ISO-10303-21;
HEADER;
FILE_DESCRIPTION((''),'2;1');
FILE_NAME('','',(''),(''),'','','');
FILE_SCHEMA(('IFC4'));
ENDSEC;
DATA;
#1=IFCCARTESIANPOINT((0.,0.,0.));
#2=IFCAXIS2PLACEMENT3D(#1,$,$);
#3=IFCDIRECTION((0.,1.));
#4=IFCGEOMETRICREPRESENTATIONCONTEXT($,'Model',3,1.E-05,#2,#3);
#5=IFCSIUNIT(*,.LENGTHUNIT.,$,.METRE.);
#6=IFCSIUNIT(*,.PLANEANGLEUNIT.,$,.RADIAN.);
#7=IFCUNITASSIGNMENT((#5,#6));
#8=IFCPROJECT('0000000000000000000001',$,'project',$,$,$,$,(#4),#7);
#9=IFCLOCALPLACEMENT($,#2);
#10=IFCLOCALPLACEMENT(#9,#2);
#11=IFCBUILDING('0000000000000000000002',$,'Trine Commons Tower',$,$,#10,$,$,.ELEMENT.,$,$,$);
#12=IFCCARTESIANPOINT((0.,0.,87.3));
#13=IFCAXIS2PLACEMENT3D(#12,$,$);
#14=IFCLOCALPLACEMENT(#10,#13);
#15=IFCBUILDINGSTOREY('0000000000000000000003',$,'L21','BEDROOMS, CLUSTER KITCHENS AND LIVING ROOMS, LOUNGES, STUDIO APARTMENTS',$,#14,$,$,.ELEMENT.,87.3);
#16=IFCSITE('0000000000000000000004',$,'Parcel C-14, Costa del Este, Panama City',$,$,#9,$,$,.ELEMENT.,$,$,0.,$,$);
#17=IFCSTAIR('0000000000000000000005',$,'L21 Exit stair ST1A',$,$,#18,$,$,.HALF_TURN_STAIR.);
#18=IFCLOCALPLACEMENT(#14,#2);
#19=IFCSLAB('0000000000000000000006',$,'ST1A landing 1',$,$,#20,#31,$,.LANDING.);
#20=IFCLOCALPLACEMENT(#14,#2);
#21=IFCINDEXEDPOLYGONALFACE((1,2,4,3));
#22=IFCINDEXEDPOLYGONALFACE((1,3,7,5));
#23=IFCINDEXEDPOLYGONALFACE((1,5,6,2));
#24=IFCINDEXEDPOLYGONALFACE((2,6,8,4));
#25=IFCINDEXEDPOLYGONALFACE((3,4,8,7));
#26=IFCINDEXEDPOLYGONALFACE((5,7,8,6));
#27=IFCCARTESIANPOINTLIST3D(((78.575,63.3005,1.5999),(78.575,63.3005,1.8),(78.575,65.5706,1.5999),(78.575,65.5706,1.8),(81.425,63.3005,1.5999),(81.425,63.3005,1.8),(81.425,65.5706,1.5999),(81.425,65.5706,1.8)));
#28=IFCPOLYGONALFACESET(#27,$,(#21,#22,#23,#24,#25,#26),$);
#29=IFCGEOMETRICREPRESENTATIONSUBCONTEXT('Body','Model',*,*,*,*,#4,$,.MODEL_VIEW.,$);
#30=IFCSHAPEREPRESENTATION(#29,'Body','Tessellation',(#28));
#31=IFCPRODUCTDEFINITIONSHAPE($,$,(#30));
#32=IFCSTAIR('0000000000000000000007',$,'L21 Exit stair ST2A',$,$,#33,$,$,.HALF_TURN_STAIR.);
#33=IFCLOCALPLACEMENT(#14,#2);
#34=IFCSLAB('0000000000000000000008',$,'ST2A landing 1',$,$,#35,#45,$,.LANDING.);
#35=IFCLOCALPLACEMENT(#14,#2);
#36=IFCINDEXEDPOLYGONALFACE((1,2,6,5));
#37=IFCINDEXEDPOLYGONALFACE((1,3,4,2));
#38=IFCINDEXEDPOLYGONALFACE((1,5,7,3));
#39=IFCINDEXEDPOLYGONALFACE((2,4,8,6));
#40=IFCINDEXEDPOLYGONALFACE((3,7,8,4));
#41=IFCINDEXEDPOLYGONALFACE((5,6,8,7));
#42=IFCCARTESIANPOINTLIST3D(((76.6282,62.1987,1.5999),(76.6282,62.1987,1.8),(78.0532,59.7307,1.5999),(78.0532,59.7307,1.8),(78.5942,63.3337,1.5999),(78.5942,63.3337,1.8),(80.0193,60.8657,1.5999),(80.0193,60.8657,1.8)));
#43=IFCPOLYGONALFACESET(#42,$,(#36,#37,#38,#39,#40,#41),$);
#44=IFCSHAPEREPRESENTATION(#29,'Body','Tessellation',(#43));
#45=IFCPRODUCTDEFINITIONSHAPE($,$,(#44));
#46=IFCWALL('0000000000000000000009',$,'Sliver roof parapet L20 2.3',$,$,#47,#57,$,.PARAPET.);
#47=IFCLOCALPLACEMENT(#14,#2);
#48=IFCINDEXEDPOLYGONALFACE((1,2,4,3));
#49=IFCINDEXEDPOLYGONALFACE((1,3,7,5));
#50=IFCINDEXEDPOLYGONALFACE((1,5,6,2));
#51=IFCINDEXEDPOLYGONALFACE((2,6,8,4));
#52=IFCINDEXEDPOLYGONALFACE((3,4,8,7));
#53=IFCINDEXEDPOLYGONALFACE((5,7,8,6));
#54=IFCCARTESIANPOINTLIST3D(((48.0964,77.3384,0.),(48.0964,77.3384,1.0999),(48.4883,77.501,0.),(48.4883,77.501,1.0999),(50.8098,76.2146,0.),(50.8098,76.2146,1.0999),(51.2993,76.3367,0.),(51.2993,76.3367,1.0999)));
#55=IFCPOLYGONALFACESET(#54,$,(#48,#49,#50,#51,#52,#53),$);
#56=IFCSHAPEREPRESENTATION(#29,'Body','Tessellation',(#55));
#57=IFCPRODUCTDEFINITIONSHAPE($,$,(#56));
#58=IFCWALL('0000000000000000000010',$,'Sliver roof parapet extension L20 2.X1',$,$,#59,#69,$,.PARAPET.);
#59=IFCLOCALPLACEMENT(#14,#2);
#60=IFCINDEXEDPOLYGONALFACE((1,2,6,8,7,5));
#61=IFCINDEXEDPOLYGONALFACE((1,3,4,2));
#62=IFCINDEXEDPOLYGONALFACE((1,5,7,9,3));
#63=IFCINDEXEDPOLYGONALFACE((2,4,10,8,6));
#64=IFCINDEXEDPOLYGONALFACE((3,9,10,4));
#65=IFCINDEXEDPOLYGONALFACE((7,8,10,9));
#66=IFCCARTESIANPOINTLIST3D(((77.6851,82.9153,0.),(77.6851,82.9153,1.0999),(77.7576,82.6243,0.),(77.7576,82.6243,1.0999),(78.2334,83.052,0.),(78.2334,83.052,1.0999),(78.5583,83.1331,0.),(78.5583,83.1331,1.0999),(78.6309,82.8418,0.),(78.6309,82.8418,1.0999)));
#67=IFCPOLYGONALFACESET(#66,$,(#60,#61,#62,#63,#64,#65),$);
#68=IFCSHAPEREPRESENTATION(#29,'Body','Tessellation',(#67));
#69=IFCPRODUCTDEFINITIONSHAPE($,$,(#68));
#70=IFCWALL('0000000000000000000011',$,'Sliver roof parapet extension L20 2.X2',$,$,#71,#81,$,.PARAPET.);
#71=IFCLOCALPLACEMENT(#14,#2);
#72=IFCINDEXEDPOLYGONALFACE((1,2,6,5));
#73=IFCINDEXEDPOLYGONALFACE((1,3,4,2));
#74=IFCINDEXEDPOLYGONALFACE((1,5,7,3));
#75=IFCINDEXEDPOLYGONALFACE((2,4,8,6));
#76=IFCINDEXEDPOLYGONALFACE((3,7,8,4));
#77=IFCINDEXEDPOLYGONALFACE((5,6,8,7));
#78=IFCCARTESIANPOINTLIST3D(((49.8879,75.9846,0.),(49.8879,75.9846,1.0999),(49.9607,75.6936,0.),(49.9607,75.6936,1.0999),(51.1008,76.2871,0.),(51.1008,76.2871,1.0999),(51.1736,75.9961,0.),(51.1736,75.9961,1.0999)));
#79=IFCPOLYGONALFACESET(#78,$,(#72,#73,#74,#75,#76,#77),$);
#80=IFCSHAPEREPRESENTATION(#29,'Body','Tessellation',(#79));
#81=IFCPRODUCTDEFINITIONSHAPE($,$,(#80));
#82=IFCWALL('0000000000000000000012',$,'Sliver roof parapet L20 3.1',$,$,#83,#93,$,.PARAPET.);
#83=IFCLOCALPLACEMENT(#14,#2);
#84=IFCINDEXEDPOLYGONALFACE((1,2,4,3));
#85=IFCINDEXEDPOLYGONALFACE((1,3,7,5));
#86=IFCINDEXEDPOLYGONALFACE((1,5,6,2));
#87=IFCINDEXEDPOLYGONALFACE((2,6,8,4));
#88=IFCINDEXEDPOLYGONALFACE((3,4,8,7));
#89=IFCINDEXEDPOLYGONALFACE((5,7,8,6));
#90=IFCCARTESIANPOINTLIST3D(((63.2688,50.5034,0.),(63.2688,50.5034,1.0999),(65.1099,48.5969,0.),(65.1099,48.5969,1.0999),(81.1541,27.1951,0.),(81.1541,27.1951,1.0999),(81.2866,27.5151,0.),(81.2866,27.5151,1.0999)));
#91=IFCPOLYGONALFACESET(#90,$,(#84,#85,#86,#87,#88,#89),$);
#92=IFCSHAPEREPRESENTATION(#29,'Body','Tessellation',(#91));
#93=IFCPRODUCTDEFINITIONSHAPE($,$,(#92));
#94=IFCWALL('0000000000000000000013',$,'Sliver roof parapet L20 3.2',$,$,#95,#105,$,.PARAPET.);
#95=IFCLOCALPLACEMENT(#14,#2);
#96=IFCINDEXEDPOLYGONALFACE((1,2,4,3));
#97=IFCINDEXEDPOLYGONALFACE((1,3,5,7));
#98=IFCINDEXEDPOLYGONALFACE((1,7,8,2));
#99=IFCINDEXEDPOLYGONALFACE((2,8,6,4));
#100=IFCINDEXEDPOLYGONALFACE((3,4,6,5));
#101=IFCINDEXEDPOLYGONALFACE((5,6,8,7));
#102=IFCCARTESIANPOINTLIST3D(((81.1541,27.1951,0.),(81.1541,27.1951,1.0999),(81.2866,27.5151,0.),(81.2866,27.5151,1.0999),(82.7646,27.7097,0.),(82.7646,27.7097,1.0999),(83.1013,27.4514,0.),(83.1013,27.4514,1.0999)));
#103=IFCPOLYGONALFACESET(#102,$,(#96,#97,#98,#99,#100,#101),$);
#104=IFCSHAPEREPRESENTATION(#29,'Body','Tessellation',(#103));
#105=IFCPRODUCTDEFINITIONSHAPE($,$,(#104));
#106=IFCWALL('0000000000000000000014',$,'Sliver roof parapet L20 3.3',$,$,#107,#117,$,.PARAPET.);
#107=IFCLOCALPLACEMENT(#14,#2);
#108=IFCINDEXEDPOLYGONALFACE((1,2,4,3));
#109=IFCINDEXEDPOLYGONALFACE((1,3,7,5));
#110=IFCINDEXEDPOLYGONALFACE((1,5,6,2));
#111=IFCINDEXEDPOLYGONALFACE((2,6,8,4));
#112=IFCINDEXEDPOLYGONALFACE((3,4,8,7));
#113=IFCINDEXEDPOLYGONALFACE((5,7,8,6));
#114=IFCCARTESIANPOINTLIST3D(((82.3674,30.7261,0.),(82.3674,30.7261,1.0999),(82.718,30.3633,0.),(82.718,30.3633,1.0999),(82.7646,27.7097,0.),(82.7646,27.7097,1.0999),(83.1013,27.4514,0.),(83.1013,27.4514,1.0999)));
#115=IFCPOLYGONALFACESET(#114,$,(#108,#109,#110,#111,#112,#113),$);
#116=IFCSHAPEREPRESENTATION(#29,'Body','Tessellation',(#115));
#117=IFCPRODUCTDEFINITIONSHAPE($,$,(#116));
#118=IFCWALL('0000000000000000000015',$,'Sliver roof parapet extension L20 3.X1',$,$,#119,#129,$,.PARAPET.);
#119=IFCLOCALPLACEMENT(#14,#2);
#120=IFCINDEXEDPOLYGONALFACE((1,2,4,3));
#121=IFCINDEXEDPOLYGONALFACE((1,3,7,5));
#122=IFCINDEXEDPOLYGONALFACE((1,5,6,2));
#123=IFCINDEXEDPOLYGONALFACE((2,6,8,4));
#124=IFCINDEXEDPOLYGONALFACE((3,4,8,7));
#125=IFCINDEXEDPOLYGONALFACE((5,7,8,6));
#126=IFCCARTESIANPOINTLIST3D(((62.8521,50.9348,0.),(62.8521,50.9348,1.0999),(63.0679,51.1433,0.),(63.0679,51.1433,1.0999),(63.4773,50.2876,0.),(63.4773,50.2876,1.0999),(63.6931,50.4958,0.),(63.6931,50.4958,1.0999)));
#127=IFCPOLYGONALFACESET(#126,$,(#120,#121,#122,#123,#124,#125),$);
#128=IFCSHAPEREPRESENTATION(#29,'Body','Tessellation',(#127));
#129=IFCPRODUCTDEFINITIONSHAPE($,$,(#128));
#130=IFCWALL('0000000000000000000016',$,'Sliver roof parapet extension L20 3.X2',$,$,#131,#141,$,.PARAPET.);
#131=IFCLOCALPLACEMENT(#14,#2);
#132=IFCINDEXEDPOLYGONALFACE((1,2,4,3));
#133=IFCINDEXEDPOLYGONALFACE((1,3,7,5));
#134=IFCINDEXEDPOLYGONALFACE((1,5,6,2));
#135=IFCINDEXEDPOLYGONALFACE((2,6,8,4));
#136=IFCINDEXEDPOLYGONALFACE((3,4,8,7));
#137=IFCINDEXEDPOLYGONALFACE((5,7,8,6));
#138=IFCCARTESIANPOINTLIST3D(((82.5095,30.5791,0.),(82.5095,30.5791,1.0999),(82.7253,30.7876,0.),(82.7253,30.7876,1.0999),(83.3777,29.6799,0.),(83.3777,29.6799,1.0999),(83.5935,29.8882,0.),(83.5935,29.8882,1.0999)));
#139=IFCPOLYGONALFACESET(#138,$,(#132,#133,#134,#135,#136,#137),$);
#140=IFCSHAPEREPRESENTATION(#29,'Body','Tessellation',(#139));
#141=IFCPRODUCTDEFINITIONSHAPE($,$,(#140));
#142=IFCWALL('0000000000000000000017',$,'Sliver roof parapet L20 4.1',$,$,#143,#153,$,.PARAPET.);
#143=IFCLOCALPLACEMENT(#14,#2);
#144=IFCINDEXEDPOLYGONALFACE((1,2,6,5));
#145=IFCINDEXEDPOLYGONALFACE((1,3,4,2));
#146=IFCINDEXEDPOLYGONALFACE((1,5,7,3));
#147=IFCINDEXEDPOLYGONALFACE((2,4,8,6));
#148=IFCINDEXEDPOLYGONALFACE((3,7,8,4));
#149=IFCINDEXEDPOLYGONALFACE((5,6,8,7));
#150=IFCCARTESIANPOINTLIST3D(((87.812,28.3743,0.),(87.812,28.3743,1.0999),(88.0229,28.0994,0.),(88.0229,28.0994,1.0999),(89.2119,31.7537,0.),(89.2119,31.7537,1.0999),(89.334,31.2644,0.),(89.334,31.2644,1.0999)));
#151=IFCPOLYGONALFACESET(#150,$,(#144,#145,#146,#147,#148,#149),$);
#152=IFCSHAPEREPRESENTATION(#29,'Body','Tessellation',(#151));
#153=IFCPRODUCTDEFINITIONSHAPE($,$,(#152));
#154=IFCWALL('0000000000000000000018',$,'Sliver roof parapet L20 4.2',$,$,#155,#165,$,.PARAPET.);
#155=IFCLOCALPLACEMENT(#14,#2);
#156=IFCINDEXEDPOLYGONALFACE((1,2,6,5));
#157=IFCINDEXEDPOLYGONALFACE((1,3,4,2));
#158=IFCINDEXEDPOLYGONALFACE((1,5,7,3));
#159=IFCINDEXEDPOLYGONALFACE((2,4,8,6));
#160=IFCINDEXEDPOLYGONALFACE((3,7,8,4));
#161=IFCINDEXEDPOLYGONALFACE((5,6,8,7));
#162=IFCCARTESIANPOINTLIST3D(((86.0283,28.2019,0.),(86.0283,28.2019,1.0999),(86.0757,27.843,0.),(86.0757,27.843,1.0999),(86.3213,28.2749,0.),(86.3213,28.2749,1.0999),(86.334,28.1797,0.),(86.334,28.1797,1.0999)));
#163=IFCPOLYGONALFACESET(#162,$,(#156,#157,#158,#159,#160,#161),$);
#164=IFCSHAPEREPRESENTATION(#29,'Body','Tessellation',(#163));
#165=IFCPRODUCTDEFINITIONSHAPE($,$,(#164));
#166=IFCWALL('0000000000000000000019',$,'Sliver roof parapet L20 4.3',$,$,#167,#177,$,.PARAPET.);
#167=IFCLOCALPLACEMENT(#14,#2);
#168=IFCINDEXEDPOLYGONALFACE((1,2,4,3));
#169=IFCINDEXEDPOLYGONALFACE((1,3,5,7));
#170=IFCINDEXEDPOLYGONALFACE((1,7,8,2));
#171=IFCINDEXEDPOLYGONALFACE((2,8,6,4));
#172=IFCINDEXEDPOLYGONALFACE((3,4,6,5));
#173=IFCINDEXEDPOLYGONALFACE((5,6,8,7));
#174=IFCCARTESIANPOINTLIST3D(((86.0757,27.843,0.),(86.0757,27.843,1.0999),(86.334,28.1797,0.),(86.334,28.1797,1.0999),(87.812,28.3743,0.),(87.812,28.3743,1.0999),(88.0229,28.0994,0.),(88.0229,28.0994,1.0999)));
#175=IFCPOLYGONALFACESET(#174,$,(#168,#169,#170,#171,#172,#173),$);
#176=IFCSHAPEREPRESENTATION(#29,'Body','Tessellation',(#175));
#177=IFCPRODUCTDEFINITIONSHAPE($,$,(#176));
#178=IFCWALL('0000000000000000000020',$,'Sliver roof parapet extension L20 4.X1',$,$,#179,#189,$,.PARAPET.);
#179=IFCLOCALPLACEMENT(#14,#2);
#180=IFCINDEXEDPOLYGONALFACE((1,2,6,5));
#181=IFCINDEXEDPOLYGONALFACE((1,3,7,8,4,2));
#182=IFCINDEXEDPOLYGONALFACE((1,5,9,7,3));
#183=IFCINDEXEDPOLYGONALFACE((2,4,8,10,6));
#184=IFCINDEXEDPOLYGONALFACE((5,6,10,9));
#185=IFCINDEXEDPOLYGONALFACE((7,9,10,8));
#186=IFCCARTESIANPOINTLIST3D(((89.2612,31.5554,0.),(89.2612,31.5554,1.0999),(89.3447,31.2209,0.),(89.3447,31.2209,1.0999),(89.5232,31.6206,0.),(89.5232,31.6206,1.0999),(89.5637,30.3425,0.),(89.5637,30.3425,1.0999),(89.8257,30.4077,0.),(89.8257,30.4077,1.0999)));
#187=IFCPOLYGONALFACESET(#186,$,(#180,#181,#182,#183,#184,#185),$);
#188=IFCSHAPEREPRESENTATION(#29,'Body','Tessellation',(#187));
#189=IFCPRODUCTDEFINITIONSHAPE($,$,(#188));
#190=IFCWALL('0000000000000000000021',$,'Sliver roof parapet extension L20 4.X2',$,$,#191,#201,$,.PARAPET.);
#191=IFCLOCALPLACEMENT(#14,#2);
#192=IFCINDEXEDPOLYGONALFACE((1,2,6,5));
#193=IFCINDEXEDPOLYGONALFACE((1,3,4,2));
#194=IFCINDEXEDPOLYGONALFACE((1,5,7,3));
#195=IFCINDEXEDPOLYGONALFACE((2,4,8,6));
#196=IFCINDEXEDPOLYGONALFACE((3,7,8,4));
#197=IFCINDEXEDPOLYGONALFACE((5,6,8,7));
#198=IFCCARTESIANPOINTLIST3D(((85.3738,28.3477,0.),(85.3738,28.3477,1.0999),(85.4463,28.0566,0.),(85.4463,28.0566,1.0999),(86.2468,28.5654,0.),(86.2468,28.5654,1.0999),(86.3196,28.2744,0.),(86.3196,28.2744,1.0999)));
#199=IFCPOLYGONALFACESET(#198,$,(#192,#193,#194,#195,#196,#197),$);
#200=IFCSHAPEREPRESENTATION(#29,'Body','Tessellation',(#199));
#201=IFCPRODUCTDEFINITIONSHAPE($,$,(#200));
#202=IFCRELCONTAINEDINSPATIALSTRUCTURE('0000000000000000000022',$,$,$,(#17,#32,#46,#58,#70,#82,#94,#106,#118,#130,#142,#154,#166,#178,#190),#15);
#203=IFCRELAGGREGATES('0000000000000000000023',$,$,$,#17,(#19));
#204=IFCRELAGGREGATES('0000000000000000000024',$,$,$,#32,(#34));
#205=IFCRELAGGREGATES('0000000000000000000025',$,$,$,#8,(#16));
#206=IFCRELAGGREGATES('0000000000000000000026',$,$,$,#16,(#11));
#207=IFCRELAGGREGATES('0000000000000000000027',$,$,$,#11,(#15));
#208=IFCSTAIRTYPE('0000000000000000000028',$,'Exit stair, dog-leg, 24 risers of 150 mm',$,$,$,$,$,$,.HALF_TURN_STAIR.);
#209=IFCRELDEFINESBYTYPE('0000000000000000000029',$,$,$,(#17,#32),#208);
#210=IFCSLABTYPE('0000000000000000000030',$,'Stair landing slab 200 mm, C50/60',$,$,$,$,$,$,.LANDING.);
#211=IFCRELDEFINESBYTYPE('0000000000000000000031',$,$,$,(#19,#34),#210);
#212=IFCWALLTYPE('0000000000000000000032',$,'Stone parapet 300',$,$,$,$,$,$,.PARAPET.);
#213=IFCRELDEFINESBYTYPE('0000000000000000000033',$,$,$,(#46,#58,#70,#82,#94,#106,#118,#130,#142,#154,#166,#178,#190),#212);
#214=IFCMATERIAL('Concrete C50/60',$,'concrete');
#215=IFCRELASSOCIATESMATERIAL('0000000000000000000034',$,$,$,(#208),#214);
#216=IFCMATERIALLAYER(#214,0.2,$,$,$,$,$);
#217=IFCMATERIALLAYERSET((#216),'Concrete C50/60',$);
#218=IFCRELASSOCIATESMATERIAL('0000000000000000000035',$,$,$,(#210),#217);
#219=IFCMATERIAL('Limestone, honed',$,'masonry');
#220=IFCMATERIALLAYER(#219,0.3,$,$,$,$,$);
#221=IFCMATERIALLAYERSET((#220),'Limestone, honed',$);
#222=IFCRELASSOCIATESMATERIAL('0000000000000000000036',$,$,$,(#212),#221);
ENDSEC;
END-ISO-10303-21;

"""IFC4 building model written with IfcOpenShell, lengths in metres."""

from ifc_helpers import new_model, si_unit, direction, frame, origin, place, context, subcontext, project, spatial, polyline, outline, extrude, material, layer, layer_set, type_object, element, aggregate, save


model = new_model("IFC4")

# Units and contexts
model_context = context("Model", 3, precision=1e-05, world=origin(), true_north=direction((0.0, 1.0)))
body_context = subcontext(model_context, "Body", "Model", "MODEL_VIEW")
ifc_project = project(units=[si_unit("LENGTHUNIT", "METRE"), si_unit("PLANEANGLEUNIT", "RADIAN")], contexts=[model_context])

# Site, building, storey
site_placement = place(None, origin())
site = spatial("IfcSite", under=ifc_project, at=site_placement, Name="Parcel C-14, Costa del Este, Panama City", CompositionType="ELEMENT", RefElevation=0.0)
building_placement = place(site_placement, origin())
building = spatial("IfcBuilding", under=site, at=building_placement, Name="Trine Commons Tower", CompositionType="ELEMENT")
storey_placement = place(building_placement, frame((0.0, 0.0, 87.3)))
storey = spatial("IfcBuildingStorey", under=building, at=storey_placement, Name="L21", Description="BEDROOMS, CLUSTER KITCHENS AND LIVING ROOMS, LOUNGES, STUDIO APARTMENTS", CompositionType="ELEMENT", Elevation=87.3)

# Stairs, slabs
ifc_material_1 = material(Name="Concrete C50/60", Category="concrete")
stair_type = type_object("IfcStairType", Name="Exit stair, dog-leg, 24 risers of 150 mm", PredefinedType="HALF_TURN_STAIR", material=ifc_material_1)
stair_1_placement = place(storey_placement, origin())
stair_1 = element("IfcStair", 1, at=stair_1_placement, inside=storey, type_object=stair_type, Name="L21 Exit stair ST1A", PredefinedType="HALF_TURN_STAIR")
ifc_layer_1 = layer(ifc_material_1, 0.2)
ifc_layer_set_1 = layer_set([ifc_layer_1], Name="Concrete C50/60")
slab_type = type_object("IfcSlabType", Name="Stair landing slab 200 mm, C50/60", PredefinedType="LANDING", material=ifc_layer_set_1)
slab_1_placement = place(storey_placement, frame((0.0, 0.0, 1.5999)))
slab_1 = element("IfcSlab", 2, at=slab_1_placement, type_object=slab_type, Name="ST1A landing 1", PredefinedType="LANDING", context=body_context, shape_type="SweptSolid", body=[
    extrude(outline(polyline([(78.575, 65.5706), (78.575, 63.3005), (81.425, 63.3005), (81.425, 65.5706), (78.575, 65.5706)])), origin(), (0.0, 0.0, 1.0), 0.2002),
])
aggregate(stair_1, [slab_1])
stair_2_placement = place(storey_placement, origin())
stair_2 = element("IfcStair", 3, at=stair_2_placement, inside=storey, type_object=stair_type, Name="L21 Exit stair ST2A", PredefinedType="HALF_TURN_STAIR")
slab_2_placement = place(storey_placement, frame((0.0, 0.0, 1.5999)))
slab_2 = element("IfcSlab", 4, at=slab_2_placement, type_object=slab_type, Name="ST2A landing 1", PredefinedType="LANDING", context=body_context, shape_type="SweptSolid", body=[
    extrude(outline(polyline([(78.0532, 59.7307), (80.0193, 60.8657), (78.5942, 63.3337), (76.6282, 62.1987), (78.0532, 59.7307)])), origin(), (0.0, 0.0, 1.0), 0.2002),
])
aggregate(stair_2, [slab_2])

# Walls
ifc_material_2 = material(Name="Limestone, honed", Category="masonry")
ifc_layer_2 = layer(ifc_material_2, 0.3)
ifc_layer_set_2 = layer_set([ifc_layer_2], Name="Limestone, honed")
wall_type = type_object("IfcWallType", Name="Stone parapet 300", PredefinedType="PARAPET", material=ifc_layer_set_2)
wall_1_placement = place(storey_placement, origin())
element("IfcWall", 5, at=wall_1_placement, inside=storey, type_object=wall_type, Name="Sliver roof parapet L20 2.3", PredefinedType="PARAPET", context=body_context, shape_type="SweptSolid", body=[
    extrude(outline(polyline([(48.0964, 77.3384), (50.8098, 76.2146), (51.2993, 76.3367), (48.4883, 77.501), (48.0964, 77.3384)])), origin(), (0.0, 0.0, 1.0), 1.0999),
])
wall_2_placement = place(storey_placement, origin())
element("IfcWall", 6, at=wall_2_placement, inside=storey, type_object=wall_type, Name="Sliver roof parapet extension L20 2.X1", PredefinedType="PARAPET", context=body_context, shape_type="SweptSolid", body=[
    extrude(outline(polyline([(77.6851, 82.9153), (77.7576, 82.6243), (78.6309, 82.8418), (78.5583, 83.1331), (78.2334, 83.052), (77.6851, 82.9153)])), origin(), (0.0, 0.0, 1.0), 1.0999),
])
wall_3_placement = place(storey_placement, origin())
element("IfcWall", 7, at=wall_3_placement, inside=storey, type_object=wall_type, Name="Sliver roof parapet extension L20 2.X2", PredefinedType="PARAPET", context=body_context, shape_type="SweptSolid", body=[
    extrude(outline(polyline([(51.1736, 75.9961), (51.1008, 76.2871), (49.8879, 75.9846), (49.9607, 75.6936), (51.1736, 75.9961)])), origin(), (0.0, 0.0, 1.0), 1.0999),
])
wall_4_placement = place(storey_placement, origin())
element("IfcWall", 8, at=wall_4_placement, inside=storey, type_object=wall_type, Name="Sliver roof parapet L20 3.1", PredefinedType="PARAPET", context=body_context, shape_type="SweptSolid", body=[
    extrude(outline(polyline([(63.2688, 50.5034), (81.1541, 27.1951), (81.2866, 27.5151), (65.1099, 48.5969), (63.2688, 50.5034)])), origin(), (0.0, 0.0, 1.0), 1.0999),
])
wall_5_placement = place(storey_placement, origin())
element("IfcWall", 9, at=wall_5_placement, inside=storey, type_object=wall_type, Name="Sliver roof parapet L20 3.2", PredefinedType="PARAPET", context=body_context, shape_type="SweptSolid", body=[
    extrude(outline(polyline([(81.1541, 27.1951), (83.1013, 27.4514), (82.7646, 27.7097), (81.2866, 27.5151), (81.1541, 27.1951)])), origin(), (0.0, 0.0, 1.0), 1.0999),
])
wall_6_placement = place(storey_placement, origin())
element("IfcWall", 10, at=wall_6_placement, inside=storey, type_object=wall_type, Name="Sliver roof parapet L20 3.3", PredefinedType="PARAPET", context=body_context, shape_type="SweptSolid", body=[
    extrude(outline(polyline([(83.1013, 27.4514), (82.718, 30.3633), (82.3674, 30.7261), (82.7646, 27.7097), (83.1013, 27.4514)])), origin(), (0.0, 0.0, 1.0), 1.0999),
])
wall_7_placement = place(storey_placement, origin())
element("IfcWall", 11, at=wall_7_placement, inside=storey, type_object=wall_type, Name="Sliver roof parapet extension L20 3.X1", PredefinedType="PARAPET", context=body_context, shape_type="SweptSolid", body=[
    extrude(outline(polyline([(63.0679, 51.1433), (62.8521, 50.9348), (63.4773, 50.2876), (63.6931, 50.4958), (63.0679, 51.1433)])), origin(), (0.0, 0.0, 1.0), 1.0999),
])
wall_8_placement = place(storey_placement, origin())
element("IfcWall", 12, at=wall_8_placement, inside=storey, type_object=wall_type, Name="Sliver roof parapet extension L20 3.X2", PredefinedType="PARAPET", context=body_context, shape_type="SweptSolid", body=[
    extrude(outline(polyline([(83.5935, 29.8882), (82.7253, 30.7876), (82.5095, 30.5791), (83.3777, 29.6799), (83.5935, 29.8882)])), origin(), (0.0, 0.0, 1.0), 1.0999),
])
wall_9_placement = place(storey_placement, origin())
element("IfcWall", 13, at=wall_9_placement, inside=storey, type_object=wall_type, Name="Sliver roof parapet L20 4.1", PredefinedType="PARAPET", context=body_context, shape_type="SweptSolid", body=[
    extrude(outline(polyline([(88.0229, 28.0994), (89.334, 31.2644), (89.2119, 31.7537), (87.812, 28.3743), (88.0229, 28.0994)])), origin(), (0.0, 0.0, 1.0), 1.0999),
])
wall_10_placement = place(storey_placement, origin())
element("IfcWall", 14, at=wall_10_placement, inside=storey, type_object=wall_type, Name="Sliver roof parapet L20 4.2", PredefinedType="PARAPET", context=body_context, shape_type="SweptSolid", body=[
    extrude(outline(polyline([(86.0283, 28.2019), (86.0757, 27.843), (86.334, 28.1797), (86.3213, 28.2749), (86.0283, 28.2019)])), origin(), (0.0, 0.0, 1.0), 1.0999),
])
wall_11_placement = place(storey_placement, origin())
element("IfcWall", 15, at=wall_11_placement, inside=storey, type_object=wall_type, Name="Sliver roof parapet L20 4.3", PredefinedType="PARAPET", context=body_context, shape_type="SweptSolid", body=[
    extrude(outline(polyline([(86.0757, 27.843), (88.0229, 28.0994), (87.812, 28.3743), (86.334, 28.1797), (86.0757, 27.843)])), origin(), (0.0, 0.0, 1.0), 1.0999),
])
wall_12_placement = place(storey_placement, origin())
element("IfcWall", 16, at=wall_12_placement, inside=storey, type_object=wall_type, Name="Sliver roof parapet extension L20 4.X1", PredefinedType="PARAPET", context=body_context, shape_type="SweptSolid", body=[
    extrude(outline(polyline([(89.5637, 30.3425), (89.8257, 30.4077), (89.5232, 31.6206), (89.2612, 31.5554), (89.3447, 31.2209), (89.5637, 30.3425)])), origin(), (0.0, 0.0, 1.0), 1.0999),
])
wall_13_placement = place(storey_placement, origin())
element("IfcWall", 17, at=wall_13_placement, inside=storey, type_object=wall_type, Name="Sliver roof parapet extension L20 4.X2", PredefinedType="PARAPET", context=body_context, shape_type="SweptSolid", body=[
    extrude(outline(polyline([(85.3738, 28.3477), (85.4463, 28.0566), (86.3196, 28.2744), (86.2468, 28.5654), (85.3738, 28.3477)])), origin(), (0.0, 0.0, 1.0), 1.0999),
])

save(model, "model.ifc")
